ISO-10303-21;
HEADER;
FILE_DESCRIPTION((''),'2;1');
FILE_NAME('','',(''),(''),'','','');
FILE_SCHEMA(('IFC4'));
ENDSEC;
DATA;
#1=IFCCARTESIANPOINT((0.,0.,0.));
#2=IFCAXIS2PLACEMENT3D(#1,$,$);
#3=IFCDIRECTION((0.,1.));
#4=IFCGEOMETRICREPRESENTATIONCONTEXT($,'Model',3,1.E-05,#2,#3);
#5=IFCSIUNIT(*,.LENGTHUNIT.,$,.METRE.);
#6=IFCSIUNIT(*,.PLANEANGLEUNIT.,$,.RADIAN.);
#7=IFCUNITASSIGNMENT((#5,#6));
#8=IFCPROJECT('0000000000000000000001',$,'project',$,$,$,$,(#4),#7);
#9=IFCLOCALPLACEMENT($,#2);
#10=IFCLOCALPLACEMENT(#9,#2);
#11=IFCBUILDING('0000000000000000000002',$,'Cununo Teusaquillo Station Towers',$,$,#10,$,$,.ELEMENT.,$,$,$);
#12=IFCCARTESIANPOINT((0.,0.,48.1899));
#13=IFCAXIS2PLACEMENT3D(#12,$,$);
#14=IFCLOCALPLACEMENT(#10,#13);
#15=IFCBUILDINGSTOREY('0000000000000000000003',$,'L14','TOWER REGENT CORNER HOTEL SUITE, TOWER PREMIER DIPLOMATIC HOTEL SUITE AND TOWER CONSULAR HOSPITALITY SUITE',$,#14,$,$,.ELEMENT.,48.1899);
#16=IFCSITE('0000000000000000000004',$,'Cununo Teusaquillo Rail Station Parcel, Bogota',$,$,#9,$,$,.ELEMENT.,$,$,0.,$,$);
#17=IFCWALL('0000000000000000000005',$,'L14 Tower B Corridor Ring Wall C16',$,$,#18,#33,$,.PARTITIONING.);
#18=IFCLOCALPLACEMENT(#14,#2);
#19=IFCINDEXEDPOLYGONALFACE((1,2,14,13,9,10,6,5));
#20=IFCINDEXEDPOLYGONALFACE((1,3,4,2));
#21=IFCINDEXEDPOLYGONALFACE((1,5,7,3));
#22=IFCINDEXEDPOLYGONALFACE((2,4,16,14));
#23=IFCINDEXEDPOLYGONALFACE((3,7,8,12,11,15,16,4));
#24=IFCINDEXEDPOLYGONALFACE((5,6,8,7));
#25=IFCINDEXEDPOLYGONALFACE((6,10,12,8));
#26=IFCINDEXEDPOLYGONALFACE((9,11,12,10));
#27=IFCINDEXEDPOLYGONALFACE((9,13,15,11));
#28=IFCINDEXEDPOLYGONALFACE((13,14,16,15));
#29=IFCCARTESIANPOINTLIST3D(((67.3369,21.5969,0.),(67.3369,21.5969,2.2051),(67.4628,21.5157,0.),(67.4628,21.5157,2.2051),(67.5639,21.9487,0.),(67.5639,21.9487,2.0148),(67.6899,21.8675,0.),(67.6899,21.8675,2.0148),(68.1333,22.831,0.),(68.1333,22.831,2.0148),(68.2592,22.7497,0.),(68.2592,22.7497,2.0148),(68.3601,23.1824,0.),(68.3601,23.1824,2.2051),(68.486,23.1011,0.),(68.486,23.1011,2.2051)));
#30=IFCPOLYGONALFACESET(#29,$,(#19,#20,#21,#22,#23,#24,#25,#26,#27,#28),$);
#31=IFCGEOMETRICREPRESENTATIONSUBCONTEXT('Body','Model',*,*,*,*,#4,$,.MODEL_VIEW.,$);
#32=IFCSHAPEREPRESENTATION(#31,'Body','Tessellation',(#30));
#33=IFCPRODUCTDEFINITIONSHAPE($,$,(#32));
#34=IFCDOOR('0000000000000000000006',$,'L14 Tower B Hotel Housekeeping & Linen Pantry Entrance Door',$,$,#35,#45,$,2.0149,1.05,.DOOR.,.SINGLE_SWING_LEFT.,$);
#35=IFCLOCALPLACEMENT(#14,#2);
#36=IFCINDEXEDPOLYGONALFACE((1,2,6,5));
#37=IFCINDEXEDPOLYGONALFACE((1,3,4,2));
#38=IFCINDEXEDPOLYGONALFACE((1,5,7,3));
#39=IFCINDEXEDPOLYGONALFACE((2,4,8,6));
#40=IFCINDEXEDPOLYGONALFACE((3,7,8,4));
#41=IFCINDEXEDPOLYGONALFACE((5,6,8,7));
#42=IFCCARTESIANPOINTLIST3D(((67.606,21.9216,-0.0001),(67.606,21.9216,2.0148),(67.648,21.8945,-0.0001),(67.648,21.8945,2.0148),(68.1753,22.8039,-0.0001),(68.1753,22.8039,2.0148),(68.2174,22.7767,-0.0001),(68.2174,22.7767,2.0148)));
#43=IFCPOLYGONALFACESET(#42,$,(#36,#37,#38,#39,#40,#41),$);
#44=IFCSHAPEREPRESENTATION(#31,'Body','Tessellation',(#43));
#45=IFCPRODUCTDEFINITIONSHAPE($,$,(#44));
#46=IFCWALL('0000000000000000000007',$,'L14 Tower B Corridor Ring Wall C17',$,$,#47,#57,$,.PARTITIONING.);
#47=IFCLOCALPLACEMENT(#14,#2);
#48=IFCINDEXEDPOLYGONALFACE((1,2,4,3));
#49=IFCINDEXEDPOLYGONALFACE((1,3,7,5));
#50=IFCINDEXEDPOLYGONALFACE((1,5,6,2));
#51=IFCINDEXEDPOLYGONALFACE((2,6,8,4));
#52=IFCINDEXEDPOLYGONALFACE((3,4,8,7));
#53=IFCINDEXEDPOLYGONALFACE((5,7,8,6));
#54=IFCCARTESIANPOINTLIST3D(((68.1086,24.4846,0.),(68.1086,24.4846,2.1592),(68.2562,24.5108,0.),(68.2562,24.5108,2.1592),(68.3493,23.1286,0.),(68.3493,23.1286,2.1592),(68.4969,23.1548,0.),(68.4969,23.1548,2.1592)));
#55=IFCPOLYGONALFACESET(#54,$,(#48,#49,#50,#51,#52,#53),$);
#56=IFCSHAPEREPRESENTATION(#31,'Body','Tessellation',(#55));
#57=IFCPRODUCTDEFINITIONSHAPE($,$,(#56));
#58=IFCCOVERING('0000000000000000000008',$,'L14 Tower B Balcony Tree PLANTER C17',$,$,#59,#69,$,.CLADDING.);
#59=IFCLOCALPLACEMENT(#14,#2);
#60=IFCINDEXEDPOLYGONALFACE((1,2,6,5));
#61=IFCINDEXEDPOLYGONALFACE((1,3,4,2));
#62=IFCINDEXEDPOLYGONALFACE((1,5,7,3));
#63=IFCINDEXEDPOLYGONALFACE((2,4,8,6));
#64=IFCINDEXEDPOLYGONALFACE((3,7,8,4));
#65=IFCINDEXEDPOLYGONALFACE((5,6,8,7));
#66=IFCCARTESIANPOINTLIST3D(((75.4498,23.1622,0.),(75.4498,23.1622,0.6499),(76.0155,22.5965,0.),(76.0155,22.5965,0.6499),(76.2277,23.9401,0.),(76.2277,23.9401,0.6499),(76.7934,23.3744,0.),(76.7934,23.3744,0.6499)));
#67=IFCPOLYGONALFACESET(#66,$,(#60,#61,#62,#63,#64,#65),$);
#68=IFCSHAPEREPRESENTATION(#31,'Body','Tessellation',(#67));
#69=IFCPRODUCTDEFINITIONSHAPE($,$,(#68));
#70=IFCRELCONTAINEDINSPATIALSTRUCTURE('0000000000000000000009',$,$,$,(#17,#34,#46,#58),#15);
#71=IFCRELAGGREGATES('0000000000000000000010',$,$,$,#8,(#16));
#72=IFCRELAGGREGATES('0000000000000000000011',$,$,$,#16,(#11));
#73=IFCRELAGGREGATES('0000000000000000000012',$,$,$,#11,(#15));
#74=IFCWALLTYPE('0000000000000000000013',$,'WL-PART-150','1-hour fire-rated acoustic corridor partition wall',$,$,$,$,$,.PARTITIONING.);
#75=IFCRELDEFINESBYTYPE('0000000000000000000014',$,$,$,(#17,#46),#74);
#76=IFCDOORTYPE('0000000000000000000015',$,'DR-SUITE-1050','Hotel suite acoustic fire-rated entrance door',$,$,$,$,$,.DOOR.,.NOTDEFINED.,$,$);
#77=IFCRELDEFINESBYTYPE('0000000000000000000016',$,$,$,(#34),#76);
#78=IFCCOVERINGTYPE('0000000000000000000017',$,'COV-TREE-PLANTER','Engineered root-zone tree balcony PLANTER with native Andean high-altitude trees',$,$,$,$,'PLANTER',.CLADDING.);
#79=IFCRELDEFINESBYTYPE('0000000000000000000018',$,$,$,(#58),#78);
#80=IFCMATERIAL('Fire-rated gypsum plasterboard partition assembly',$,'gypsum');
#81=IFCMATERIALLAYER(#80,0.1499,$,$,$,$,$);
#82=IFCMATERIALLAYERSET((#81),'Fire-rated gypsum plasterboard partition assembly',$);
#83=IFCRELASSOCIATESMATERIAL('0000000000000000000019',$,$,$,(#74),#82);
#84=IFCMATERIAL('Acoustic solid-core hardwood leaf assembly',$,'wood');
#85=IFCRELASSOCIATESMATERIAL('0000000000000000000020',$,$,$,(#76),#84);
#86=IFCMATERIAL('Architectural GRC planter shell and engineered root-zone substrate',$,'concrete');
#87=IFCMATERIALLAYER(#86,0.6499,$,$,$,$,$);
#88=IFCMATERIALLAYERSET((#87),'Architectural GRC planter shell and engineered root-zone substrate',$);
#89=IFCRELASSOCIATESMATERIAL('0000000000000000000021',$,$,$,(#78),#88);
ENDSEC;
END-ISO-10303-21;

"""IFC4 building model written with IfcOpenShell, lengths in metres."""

from ifc_helpers import new_model, si_unit, direction, frame, frame_2d, origin, origin_2d, place, context, subcontext, project, spatial, rectangle, extrude, source, transform, mapped, material, layer, layer_set, type_object, element, fill, save


model = new_model("IFC4")

# Units and contexts
model_context = context("Model", 3, precision=1e-05, world=origin(), true_north=direction((0.0, 1.0)))
body_context = subcontext(model_context, "Body", "Model", "MODEL_VIEW")
ifc_project = project(units=[si_unit("LENGTHUNIT", "METRE"), si_unit("PLANEANGLEUNIT", "RADIAN")], contexts=[model_context])

# Site, building, storey
site_placement = place(None, origin())
site = spatial("IfcSite", under=ifc_project, at=site_placement, Name="Cununo Teusaquillo Rail Station Parcel, Bogota", CompositionType="ELEMENT", RefElevation=0.0)
building_placement = place(site_placement, origin())
building = spatial("IfcBuilding", under=site, at=building_placement, Name="Cununo Teusaquillo Station Towers", CompositionType="ELEMENT")
storey_placement = place(building_placement, frame((0.0, 0.0, 48.1899)))
storey = spatial("IfcBuildingStorey", under=building, at=storey_placement, Name="L14", Description="TOWER REGENT CORNER HOTEL SUITE, TOWER PREMIER DIPLOMATIC HOTEL SUITE AND TOWER CONSULAR HOSPITALITY SUITE", CompositionType="ELEMENT", Elevation=48.1899)

# Wall, opening, door
ifc_material_1 = material(Name="Fire-rated gypsum plasterboard partition assembly", Category="gypsum")
ifc_layer_1 = layer(ifc_material_1, 0.1499)
ifc_layer_set_1 = layer_set([ifc_layer_1], Name="Fire-rated gypsum plasterboard partition assembly")
wall_type_1 = type_object("IfcWallType", Name="WL-PART-150", Description="1-hour fire-rated acoustic corridor partition wall", PredefinedType="PARTITIONING", material=ifc_layer_set_1)
wall_1_placement = place(storey_placement, frame((67.3999, 21.5564, 0.0), z_axis=(0.0, 0.0, 1.0), x_axis=(0.542248, 0.840219, 0.0)))
wall_1 = element("IfcWall", 1, at=wall_1_placement, inside=storey, type_object=wall_type_1, Name="L14 Tower B Corridor Ring Wall C16", PredefinedType="PARTITIONING", context=body_context, shape_type="SweptSolid", body=[
    extrude(rectangle(XDim=1.887, YDim=0.1499, at=frame_2d((0.9434, 0.0))), origin(), (0.0, 0.0, 1.0), 2.2051),
])
shared_shape_1 = source(origin(), body_context, "Body", "SweptSolid", [
    extrude(rectangle(XDim=1.05, YDim=2.0149, at=frame_2d((0.5249, 1.0073))), frame((0.0, 0.085, 0.0), z_axis=(0.0, -1.0, 0.0), x_axis=(1.0, 0.0, 0.0)), (0.0, 0.0, 1.0), 0.1699),
])
opening_1_placement = place(wall_1_placement, frame((0.4187, 0.0, 0.0)))
opening_1 = element("IfcOpeningElement", 2, at=opening_1_placement, cuts=wall_1, PredefinedType="OPENING", context=body_context, shape_type="MappedRepresentation", body=[
    mapped(shared_shape_1, transform((0.0, 0.0, 0.0), x_axis=(1.0, 0.0, 0.0), y_axis=(0.0, 1.0, 0.0), z_axis=(0.0, 0.0, 1.0), scale=1.0)),
])
ifc_material_2 = material(Name="Acoustic solid-core hardwood leaf assembly", Category="wood")
door_type_1 = type_object("IfcDoorType", Name="DR-SUITE-1050", Description="Hotel suite acoustic fire-rated entrance door", OperationType="NOTDEFINED", PredefinedType="DOOR", material=ifc_material_2)
shared_shape_2 = source(origin(), body_context, "Body", "SweptSolid", [
    extrude(rectangle(XDim=1.05, YDim=2.0149, at=frame_2d((0.5249, 1.0073))), frame((0.0, 0.0249, 0.0), z_axis=(0.0, -1.0, 0.0), x_axis=(1.0, 0.0, 0.0)), (0.0, 0.0, 1.0), 0.05),
])
door_1_placement = place(opening_1_placement, origin())
door_1 = element("IfcDoor", 3, at=door_1_placement, inside=storey, type_object=door_type_1, Name="L14 Tower B Hotel Housekeeping & Linen Pantry Entrance Door", OperationType="SINGLE_SWING_LEFT", OverallHeight=2.0149, OverallWidth=1.05, PredefinedType="DOOR", context=body_context, shape_type="MappedRepresentation", body=[
    mapped(shared_shape_2, transform((0.0, 0.0, 0.0), x_axis=(1.0, 0.0, 0.0), y_axis=(0.0, 1.0, 0.0), z_axis=(0.0, 0.0, 1.0), scale=1.0)),
])
fill(opening_1, door_1)

# Wall
wall_2_placement = place(storey_placement, frame((68.4231, 23.1418, 0.0), z_axis=(0.0, 0.0, 1.0), x_axis=(-0.174797, 0.984605, 0.0)))
element("IfcWall", 4, at=wall_2_placement, inside=storey, type_object=wall_type_1, Name="L14 Tower B Corridor Ring Wall C17", PredefinedType="PARTITIONING", context=body_context, shape_type="SweptSolid", body=[
    extrude(rectangle(XDim=1.3772, YDim=0.1499, at=frame_2d((0.6885, 0.0))), origin(), (0.0, 0.0, 1.0), 2.1592),
])

# Covering
ifc_material_3 = material(Name="Architectural GRC planter shell and engineered root-zone substrate", Category="concrete")
ifc_layer_2 = layer(ifc_material_3, 0.6499)
ifc_layer_set_2 = layer_set([ifc_layer_2], Name="Architectural GRC planter shell and engineered root-zone substrate")
covering_type = type_object("IfcCoveringType", Name="COV-TREE-PLANTER", Description="Engineered root-zone tree balcony PLANTER with native Andean high-altitude trees", ElementType="PLANTER", PredefinedType="CLADDING", material=ifc_layer_set_2)
shared_shape_3 = source(origin(), body_context, "Body", "SweptSolid", [
    extrude(rectangle(XDim=1.1001, YDim=0.8, at=origin_2d()), origin(), (0.0, 0.0, 1.0), 0.6499),
])
covering_placement = place(storey_placement, frame((76.1216, 23.2683, 0.0), z_axis=(0.0, 0.0, 1.0), x_axis=(0.707107, 0.707107, 0.0)))
element("IfcCovering", 5, at=covering_placement, inside=storey, type_object=covering_type, Name="L14 Tower B Balcony Tree PLANTER C17", PredefinedType="CLADDING", context=body_context, shape_type="MappedRepresentation", body=[
    mapped(shared_shape_3, transform((0.0, 0.0, 0.0), x_axis=(1.0, 0.0, 0.0), y_axis=(0.0, 1.0, 0.0), z_axis=(0.0, 0.0, 1.0), scale=1.0)),
])

save(model, "model.ifc")
